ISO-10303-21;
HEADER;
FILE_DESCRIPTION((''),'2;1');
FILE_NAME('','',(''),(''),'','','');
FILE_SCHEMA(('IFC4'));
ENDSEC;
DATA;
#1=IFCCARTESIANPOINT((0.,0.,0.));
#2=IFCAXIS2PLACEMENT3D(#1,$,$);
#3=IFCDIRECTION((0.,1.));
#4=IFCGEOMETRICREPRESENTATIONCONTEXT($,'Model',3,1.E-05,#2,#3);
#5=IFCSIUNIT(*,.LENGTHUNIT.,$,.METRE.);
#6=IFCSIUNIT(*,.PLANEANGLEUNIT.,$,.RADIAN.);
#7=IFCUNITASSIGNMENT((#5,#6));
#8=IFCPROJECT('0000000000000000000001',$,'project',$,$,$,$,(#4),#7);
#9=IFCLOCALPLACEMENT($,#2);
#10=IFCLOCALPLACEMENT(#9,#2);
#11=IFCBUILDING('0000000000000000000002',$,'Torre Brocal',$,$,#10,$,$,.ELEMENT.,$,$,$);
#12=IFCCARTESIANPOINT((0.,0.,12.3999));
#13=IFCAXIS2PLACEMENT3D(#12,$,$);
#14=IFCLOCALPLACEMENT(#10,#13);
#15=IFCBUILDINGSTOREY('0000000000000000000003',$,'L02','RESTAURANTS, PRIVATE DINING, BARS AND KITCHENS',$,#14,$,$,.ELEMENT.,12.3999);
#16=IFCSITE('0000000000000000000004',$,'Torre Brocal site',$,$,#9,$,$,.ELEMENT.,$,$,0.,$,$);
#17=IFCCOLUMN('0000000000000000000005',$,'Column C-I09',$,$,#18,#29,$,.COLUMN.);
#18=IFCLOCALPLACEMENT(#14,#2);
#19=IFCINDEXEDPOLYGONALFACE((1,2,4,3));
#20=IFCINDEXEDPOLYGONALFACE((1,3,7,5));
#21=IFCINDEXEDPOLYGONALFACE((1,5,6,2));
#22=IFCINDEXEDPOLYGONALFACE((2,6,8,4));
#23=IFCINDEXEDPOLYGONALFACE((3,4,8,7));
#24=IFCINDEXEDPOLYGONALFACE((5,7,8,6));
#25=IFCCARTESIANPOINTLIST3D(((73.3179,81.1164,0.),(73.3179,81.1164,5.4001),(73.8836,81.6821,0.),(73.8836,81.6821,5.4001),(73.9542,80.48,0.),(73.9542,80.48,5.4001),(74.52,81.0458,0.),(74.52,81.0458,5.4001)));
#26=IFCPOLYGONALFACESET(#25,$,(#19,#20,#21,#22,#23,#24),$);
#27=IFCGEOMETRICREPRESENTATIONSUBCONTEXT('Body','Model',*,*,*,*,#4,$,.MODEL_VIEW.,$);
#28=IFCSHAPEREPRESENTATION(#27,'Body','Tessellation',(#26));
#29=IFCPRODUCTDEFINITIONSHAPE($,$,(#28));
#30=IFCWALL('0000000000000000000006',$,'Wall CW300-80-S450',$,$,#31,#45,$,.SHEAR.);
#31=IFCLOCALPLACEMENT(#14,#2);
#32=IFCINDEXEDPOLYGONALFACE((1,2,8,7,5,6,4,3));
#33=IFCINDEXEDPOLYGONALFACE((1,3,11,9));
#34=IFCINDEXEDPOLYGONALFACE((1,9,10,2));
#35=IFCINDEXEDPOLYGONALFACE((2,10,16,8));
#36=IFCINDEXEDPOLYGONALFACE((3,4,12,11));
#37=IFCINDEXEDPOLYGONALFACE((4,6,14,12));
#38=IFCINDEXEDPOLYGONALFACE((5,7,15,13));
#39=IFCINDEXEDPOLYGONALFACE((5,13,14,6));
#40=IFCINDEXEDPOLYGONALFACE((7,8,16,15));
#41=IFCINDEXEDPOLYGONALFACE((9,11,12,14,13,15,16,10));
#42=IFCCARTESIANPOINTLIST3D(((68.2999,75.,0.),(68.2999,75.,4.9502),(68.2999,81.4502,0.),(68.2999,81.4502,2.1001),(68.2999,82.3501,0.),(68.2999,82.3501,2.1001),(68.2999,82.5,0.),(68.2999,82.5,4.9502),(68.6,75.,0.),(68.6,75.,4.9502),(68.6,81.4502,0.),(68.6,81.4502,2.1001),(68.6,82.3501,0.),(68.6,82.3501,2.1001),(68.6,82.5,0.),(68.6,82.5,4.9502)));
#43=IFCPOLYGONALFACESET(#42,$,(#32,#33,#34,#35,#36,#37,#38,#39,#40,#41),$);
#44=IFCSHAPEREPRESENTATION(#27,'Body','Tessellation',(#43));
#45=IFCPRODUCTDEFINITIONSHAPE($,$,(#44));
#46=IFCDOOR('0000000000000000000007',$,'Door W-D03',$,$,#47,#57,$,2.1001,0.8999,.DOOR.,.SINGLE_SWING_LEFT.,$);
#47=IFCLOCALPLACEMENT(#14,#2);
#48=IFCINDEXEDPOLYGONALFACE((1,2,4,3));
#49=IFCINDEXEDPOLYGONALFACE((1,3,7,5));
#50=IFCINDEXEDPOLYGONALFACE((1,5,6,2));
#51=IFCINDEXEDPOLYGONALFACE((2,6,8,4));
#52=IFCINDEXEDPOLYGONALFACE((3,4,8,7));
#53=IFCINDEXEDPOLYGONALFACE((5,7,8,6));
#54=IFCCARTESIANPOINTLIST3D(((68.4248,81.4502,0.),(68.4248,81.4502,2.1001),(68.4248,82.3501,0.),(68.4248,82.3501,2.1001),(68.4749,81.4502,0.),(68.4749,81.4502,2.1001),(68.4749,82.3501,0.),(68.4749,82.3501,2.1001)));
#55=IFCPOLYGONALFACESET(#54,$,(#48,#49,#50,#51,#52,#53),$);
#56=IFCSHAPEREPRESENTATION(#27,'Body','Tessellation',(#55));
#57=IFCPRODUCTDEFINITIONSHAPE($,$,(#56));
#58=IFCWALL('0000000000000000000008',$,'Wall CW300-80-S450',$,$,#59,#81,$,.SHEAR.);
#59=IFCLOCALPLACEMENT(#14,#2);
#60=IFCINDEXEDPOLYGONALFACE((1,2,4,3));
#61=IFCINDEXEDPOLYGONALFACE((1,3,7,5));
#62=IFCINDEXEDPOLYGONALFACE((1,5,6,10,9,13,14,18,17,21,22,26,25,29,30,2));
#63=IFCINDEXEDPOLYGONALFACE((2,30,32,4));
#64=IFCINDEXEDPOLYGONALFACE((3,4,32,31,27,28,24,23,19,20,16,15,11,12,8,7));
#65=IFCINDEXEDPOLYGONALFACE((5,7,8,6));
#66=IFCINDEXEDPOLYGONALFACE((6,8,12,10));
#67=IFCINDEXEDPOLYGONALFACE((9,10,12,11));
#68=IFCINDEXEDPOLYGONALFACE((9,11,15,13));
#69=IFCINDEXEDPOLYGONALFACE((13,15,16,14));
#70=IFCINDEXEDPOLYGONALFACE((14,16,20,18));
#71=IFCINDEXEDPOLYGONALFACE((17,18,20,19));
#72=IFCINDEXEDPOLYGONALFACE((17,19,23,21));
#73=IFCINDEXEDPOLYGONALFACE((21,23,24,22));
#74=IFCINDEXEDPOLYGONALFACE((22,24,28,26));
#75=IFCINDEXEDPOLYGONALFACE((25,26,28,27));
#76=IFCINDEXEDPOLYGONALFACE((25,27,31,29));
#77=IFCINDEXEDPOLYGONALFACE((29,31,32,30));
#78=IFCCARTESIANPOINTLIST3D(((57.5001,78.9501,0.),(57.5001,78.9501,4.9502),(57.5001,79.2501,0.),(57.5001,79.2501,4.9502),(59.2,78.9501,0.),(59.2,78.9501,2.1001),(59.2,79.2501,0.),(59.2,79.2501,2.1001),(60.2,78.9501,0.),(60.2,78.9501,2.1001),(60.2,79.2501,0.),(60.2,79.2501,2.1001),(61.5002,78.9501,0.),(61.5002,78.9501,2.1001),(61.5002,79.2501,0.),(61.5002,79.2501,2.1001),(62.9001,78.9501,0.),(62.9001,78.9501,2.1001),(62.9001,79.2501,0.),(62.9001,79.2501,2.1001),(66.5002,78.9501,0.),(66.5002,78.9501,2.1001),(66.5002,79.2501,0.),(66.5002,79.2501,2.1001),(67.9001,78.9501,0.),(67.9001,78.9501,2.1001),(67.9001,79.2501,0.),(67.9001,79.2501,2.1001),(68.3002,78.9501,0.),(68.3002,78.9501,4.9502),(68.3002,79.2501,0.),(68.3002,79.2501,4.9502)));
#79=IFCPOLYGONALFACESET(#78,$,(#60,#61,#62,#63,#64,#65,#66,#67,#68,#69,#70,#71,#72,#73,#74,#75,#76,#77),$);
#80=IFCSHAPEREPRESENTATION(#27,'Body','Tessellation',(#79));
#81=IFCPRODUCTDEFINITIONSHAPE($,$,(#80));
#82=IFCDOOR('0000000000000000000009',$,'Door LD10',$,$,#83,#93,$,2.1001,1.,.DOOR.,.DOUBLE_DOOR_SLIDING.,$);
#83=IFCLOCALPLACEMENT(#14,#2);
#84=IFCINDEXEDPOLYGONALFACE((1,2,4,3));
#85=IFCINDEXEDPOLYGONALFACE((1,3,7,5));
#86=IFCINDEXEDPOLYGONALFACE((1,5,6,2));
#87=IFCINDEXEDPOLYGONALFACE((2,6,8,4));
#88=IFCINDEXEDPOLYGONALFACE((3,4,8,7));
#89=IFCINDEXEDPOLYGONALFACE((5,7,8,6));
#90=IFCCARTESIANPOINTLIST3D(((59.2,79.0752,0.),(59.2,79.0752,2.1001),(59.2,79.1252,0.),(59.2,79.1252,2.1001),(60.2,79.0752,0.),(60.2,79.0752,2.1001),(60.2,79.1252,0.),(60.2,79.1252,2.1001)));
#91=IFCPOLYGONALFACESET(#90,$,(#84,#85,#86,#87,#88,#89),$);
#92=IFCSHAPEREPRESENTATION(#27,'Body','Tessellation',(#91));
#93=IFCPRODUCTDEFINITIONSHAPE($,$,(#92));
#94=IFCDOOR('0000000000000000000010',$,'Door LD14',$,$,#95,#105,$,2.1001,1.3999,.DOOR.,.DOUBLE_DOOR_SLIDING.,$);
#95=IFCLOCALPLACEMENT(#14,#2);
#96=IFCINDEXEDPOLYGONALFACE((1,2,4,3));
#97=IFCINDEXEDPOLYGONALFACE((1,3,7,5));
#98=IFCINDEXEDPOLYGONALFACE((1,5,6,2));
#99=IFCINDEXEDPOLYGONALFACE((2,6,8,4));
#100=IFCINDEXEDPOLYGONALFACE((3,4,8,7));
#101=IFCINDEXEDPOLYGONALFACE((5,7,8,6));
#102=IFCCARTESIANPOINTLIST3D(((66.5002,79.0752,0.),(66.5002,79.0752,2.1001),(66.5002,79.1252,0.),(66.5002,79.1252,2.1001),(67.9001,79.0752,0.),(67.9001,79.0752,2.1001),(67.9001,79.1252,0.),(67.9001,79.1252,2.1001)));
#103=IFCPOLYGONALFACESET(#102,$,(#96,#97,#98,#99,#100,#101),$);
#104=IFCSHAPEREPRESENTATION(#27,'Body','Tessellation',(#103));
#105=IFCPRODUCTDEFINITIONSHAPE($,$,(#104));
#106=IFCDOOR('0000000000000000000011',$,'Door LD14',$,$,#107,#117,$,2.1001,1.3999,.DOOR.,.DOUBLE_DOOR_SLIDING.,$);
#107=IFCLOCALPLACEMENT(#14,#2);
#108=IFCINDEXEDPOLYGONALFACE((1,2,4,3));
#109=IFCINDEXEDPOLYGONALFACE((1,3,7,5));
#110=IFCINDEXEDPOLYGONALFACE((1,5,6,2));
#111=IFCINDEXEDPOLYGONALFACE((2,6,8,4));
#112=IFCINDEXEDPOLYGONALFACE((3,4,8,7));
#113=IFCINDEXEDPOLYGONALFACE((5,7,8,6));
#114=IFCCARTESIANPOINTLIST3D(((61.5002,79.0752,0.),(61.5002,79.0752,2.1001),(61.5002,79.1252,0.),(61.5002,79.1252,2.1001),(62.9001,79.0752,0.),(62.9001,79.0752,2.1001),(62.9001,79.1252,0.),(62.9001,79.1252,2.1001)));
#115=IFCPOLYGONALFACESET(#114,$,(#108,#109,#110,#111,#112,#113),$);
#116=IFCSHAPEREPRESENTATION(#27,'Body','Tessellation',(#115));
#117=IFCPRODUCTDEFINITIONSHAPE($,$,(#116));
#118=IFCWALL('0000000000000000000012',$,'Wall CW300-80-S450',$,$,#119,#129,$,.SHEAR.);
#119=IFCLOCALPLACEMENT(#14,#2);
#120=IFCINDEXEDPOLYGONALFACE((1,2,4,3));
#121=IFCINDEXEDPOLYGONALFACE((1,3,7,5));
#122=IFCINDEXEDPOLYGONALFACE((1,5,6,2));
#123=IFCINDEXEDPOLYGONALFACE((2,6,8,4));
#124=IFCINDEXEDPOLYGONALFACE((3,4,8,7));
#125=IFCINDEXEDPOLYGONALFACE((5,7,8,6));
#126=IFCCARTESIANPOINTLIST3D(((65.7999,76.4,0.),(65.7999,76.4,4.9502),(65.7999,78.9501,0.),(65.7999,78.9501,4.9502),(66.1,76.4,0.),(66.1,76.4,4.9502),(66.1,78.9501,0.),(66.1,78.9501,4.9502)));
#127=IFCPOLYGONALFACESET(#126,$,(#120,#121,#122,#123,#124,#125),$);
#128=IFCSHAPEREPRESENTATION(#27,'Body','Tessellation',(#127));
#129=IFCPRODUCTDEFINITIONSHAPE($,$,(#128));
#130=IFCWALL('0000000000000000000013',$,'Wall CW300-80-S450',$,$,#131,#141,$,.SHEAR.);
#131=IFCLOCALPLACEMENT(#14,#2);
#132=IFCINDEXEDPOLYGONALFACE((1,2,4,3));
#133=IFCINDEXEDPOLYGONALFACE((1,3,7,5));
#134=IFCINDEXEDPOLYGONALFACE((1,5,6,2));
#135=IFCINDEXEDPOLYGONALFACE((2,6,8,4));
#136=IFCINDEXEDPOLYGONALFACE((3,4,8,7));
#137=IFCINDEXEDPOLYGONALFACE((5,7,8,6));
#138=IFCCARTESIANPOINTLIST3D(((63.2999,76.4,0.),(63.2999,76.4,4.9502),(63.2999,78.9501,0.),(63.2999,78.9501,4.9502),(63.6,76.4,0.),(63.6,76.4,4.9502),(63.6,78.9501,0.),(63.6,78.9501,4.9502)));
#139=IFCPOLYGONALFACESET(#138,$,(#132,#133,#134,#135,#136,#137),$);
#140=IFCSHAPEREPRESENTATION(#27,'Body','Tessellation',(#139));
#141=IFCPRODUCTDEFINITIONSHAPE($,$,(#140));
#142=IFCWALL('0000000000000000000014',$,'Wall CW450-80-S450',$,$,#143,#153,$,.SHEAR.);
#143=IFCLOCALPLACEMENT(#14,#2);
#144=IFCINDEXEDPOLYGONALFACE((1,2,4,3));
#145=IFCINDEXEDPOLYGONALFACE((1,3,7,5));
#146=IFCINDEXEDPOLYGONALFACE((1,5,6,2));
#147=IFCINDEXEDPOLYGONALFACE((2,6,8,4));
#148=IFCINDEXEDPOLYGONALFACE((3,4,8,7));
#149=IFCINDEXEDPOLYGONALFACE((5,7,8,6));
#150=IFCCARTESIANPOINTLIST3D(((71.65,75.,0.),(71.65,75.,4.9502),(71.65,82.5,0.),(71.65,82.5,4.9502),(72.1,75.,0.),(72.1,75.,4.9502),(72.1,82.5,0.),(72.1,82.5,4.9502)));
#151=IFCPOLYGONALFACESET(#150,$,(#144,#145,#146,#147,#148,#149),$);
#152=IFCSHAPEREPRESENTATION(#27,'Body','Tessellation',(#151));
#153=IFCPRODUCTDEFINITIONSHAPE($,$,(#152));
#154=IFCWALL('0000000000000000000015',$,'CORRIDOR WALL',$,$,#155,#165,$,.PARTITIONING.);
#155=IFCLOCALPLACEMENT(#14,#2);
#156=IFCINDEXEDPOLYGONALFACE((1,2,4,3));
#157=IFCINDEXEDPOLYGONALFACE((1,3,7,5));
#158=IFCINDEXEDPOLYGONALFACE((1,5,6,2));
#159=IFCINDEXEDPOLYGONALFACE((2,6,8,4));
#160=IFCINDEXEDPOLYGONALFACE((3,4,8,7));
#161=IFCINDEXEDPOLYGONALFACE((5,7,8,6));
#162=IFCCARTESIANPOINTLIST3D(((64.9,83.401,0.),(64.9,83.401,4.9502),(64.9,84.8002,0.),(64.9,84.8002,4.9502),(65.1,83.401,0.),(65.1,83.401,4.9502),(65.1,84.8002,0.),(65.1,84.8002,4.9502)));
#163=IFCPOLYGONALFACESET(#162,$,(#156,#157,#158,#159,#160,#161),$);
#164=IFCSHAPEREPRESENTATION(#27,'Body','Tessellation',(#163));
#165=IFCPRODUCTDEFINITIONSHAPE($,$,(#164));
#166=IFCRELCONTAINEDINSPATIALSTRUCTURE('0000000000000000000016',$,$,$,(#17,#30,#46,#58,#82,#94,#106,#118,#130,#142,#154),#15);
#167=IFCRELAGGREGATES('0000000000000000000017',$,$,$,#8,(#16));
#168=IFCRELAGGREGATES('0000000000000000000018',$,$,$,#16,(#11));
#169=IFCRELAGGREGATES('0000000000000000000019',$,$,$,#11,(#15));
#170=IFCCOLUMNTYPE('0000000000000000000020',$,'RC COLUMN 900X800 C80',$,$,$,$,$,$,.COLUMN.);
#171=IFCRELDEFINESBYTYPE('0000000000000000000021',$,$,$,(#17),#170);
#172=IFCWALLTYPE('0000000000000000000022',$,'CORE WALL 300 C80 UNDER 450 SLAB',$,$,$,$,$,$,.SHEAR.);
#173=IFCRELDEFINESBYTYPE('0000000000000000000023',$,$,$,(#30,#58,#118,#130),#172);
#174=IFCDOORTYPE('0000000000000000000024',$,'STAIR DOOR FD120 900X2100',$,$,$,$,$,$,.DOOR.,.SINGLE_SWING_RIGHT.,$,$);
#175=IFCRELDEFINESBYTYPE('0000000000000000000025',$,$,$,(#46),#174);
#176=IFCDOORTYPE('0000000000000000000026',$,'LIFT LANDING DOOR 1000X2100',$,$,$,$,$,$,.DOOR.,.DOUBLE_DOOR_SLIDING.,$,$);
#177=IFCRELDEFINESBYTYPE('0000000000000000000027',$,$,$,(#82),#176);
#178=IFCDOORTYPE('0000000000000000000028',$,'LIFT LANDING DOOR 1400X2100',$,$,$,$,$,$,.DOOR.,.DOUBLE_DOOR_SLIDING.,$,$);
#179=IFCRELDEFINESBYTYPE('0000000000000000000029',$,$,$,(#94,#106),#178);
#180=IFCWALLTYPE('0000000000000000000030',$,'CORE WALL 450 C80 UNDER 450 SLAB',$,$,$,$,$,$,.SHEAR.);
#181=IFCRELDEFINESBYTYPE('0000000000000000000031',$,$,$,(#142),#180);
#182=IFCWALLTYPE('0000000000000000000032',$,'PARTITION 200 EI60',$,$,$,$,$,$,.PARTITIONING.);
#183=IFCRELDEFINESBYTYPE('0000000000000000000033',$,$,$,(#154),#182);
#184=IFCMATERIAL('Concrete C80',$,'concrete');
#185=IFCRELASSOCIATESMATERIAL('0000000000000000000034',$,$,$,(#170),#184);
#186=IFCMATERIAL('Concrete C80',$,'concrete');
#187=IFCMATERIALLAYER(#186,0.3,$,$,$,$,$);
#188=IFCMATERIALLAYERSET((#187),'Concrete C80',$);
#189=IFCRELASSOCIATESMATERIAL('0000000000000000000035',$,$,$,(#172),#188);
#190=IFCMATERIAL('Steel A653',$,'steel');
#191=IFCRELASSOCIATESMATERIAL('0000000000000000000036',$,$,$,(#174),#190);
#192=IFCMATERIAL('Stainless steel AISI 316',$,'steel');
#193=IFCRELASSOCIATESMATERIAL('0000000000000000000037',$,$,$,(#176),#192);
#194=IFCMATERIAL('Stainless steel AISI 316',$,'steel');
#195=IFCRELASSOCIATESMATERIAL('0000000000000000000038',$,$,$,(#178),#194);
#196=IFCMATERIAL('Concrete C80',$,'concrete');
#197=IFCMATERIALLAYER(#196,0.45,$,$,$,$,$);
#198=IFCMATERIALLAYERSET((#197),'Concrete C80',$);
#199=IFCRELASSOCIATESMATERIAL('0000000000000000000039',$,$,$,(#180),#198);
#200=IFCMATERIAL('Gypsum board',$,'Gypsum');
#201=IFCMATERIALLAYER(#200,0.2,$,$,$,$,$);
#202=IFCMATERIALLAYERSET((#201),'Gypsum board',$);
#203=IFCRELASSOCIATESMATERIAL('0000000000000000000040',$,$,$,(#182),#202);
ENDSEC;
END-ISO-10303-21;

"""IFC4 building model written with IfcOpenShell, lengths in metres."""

from ifc_helpers import new_model, si_unit, direction, frame, frame_2d, origin, origin_2d, place, context, subcontext, project, spatial, rectangle, extrude, material, layer, layer_set, material_profile, profile_set, type_object, element, fill, save


model = new_model("IFC4")

# Units and contexts
model_context = context("Model", 3, precision=1e-05, world=origin(), true_north=direction((0.0, 1.0)))
body_context = subcontext(model_context, "Body", "Model", "MODEL_VIEW")
ifc_project = project(units=[si_unit("LENGTHUNIT", "METRE"), si_unit("PLANEANGLEUNIT", "RADIAN")], contexts=[model_context])

# Site, building, storey
site_placement = place(None, origin())
site = spatial("IfcSite", under=ifc_project, at=site_placement, Name="Torre Brocal site", CompositionType="ELEMENT", RefElevation=0.0)
building_placement = place(site_placement, origin())
building = spatial("IfcBuilding", under=site, at=building_placement, Name="Torre Brocal", CompositionType="ELEMENT")
storey_placement = place(building_placement, frame((0.0, 0.0, 12.3999)))
storey = spatial("IfcBuildingStorey", under=building, at=storey_placement, Name="L02", Description="RESTAURANTS, PRIVATE DINING, BARS AND KITCHENS", CompositionType="ELEMENT", Elevation=12.3999)

# Column
ifc_material_1 = material(Name="Concrete C80", Category="concrete")
ifc_material_profile = material_profile(ifc_material_1, rectangle(XDim=0.8999, YDim=0.8, at=origin_2d()), Name="RC 900X800")
ifc_profile_set = profile_set([ifc_material_profile], Name="Concrete C80")
column_type = type_object("IfcColumnType", Name="RC COLUMN 900X800 C80", PredefinedType="COLUMN", material=ifc_profile_set)
column_placement = place(storey_placement, frame((73.9189, 81.0811, 0.0), z_axis=(0.0, 0.0, 1.0), x_axis=(-0.707107, 0.707107, 0.0)))
element("IfcColumn", 1, at=column_placement, inside=storey, type_object=column_type, Name="Column C-I09", PredefinedType="COLUMN", context=body_context, shape_type="SweptSolid", body=[
    extrude(rectangle(XDim=0.8999, YDim=0.8, at=origin_2d()), origin(), (0.0, 0.0, 1.0), 5.4001),
])

# Wall, opening, door
ifc_material_2 = material(Name="Concrete C80", Category="concrete")
ifc_layer_1 = layer(ifc_material_2, 0.3)
ifc_layer_set_1 = layer_set([ifc_layer_1], Name="Concrete C80")
wall_type_1 = type_object("IfcWallType", Name="CORE WALL 300 C80 UNDER 450 SLAB", PredefinedType="SHEAR", material=ifc_layer_set_1)
wall_1_placement = place(storey_placement, frame((68.45, 82.5, 0.0), z_axis=(0.0, 0.0, 1.0), x_axis=(0.0, -1.0, 0.0)))
wall_1 = element("IfcWall", 2, at=wall_1_placement, inside=storey, type_object=wall_type_1, Name="Wall CW300-80-S450", PredefinedType="SHEAR", context=body_context, shape_type="SweptSolid", body=[
    extrude(rectangle(XDim=7.5, YDim=0.3, at=frame_2d((3.75, 0.0))), origin(), (0.0, 0.0, 1.0), 4.9502),
])
opening_1_placement = place(wall_1_placement, frame((0.1499, 0.0, 0.0)))
opening_1 = element("IfcOpeningElement", 3, at=opening_1_placement, cuts=wall_1, PredefinedType="OPENING", context=body_context, shape_type="SweptSolid", body=[
    extrude(rectangle(XDim=0.8999, YDim=2.1001, at=frame_2d((0.45, 1.05))), frame((0.0, 0.1599, 0.0), z_axis=(0.0, -1.0, 0.0), x_axis=(1.0, 0.0, 0.0)), (0.0, 0.0, 1.0), 0.3201),
])
ifc_material_3 = material(Name="Steel A653", Category="steel")
door_type_1 = type_object("IfcDoorType", Name="STAIR DOOR FD120 900X2100", OperationType="SINGLE_SWING_RIGHT", PredefinedType="DOOR", material=ifc_material_3)
door_1_placement = place(opening_1_placement, origin())
door_1 = element("IfcDoor", 4, at=door_1_placement, inside=storey, type_object=door_type_1, Name="Door W-D03", OperationType="SINGLE_SWING_LEFT", OverallHeight=2.1001, OverallWidth=0.8999, PredefinedType="DOOR", context=body_context, shape_type="SweptSolid", body=[
    extrude(rectangle(XDim=0.8999, YDim=2.1001, at=frame_2d((0.45, 1.05))), frame((0.0, 0.0249, 0.0), z_axis=(0.0, -1.0, 0.0), x_axis=(1.0, 0.0, 0.0)), (0.0, 0.0, 1.0), 0.05),
])
fill(opening_1, door_1)

# Wall, openings, doors
wall_2_placement = place(storey_placement, frame((68.3, 79.1001, 0.0), z_axis=(0.0, 0.0, 1.0), x_axis=(-1.0, 0.0, 0.0)))
wall_2 = element("IfcWall", 5, at=wall_2_placement, inside=storey, type_object=wall_type_1, Name="Wall CW300-80-S450", PredefinedType="SHEAR", context=body_context, shape_type="SweptSolid", body=[
    extrude(rectangle(XDim=10.8, YDim=0.3, at=frame_2d((5.3999, 0.0))), origin(), (0.0, 0.0, 1.0), 4.9502),
])
opening_2_placement = place(wall_2_placement, frame((0.3999, 0.0, 0.0)))
opening_2 = element("IfcOpeningElement", 6, at=opening_2_placement, cuts=wall_2, PredefinedType="OPENING", context=body_context, shape_type="SweptSolid", body=[
    extrude(rectangle(XDim=1.3999, YDim=2.1001, at=frame_2d((0.7, 1.05))), frame((0.0, 0.1599, 0.0), z_axis=(0.0, -1.0, 0.0), x_axis=(1.0, 0.0, 0.0)), (0.0, 0.0, 1.0), 0.3201),
])
opening_3_placement = place(wall_2_placement, frame((5.3999, 0.0, 0.0)))
opening_3 = element("IfcOpeningElement", 7, at=opening_3_placement, cuts=wall_2, PredefinedType="OPENING", context=body_context, shape_type="SweptSolid", body=[
    extrude(rectangle(XDim=1.3999, YDim=2.1001, at=frame_2d((0.7, 1.05))), frame((0.0, 0.1599, 0.0), z_axis=(0.0, -1.0, 0.0), x_axis=(1.0, 0.0, 0.0)), (0.0, 0.0, 1.0), 0.3201),
])
opening_4_placement = place(wall_2_placement, frame((8.1001, 0.0, 0.0)))
opening_4 = element("IfcOpeningElement", 8, at=opening_4_placement, cuts=wall_2, PredefinedType="OPENING", context=body_context, shape_type="SweptSolid", body=[
    extrude(rectangle(XDim=1.0, YDim=2.1001, at=frame_2d((0.5, 1.05))), frame((0.0, 0.1599, 0.0), z_axis=(0.0, -1.0, 0.0), x_axis=(1.0, 0.0, 0.0)), (0.0, 0.0, 1.0), 0.3201),
])
ifc_material_4 = material(Name="Stainless steel AISI 316", Category="steel")
door_type_2 = type_object("IfcDoorType", Name="LIFT LANDING DOOR 1000X2100", OperationType="DOUBLE_DOOR_SLIDING", PredefinedType="DOOR", material=ifc_material_4)
door_2_placement = place(opening_4_placement, origin())
door_2 = element("IfcDoor", 9, at=door_2_placement, inside=storey, type_object=door_type_2, Name="Door LD10", OperationType="DOUBLE_DOOR_SLIDING", OverallHeight=2.1001, OverallWidth=1.0, PredefinedType="DOOR", context=body_context, shape_type="SweptSolid", body=[
    extrude(rectangle(XDim=1.0, YDim=2.1001, at=frame_2d((0.5, 1.05))), frame((0.0, 0.0249, 0.0), z_axis=(0.0, -1.0, 0.0), x_axis=(1.0, 0.0, 0.0)), (0.0, 0.0, 1.0), 0.05),
])
fill(opening_4, door_2)
ifc_material_5 = material(Name="Stainless steel AISI 316", Category="steel")
door_type_3 = type_object("IfcDoorType", Name="LIFT LANDING DOOR 1400X2100", OperationType="DOUBLE_DOOR_SLIDING", PredefinedType="DOOR", material=ifc_material_5)
door_3_placement = place(opening_2_placement, origin())
door_3 = element("IfcDoor", 10, at=door_3_placement, inside=storey, type_object=door_type_3, Name="Door LD14", OperationType="DOUBLE_DOOR_SLIDING", OverallHeight=2.1001, OverallWidth=1.3999, PredefinedType="DOOR", context=body_context, shape_type="SweptSolid", body=[
    extrude(rectangle(XDim=1.3999, YDim=2.1001, at=frame_2d((0.7, 1.05))), frame((0.0, 0.0249, 0.0), z_axis=(0.0, -1.0, 0.0), x_axis=(1.0, 0.0, 0.0)), (0.0, 0.0, 1.0), 0.05),
])
fill(opening_2, door_3)
door_4_placement = place(opening_3_placement, origin())
door_4 = element("IfcDoor", 11, at=door_4_placement, inside=storey, type_object=door_type_3, Name="Door LD14", OperationType="DOUBLE_DOOR_SLIDING", OverallHeight=2.1001, OverallWidth=1.3999, PredefinedType="DOOR", context=body_context, shape_type="SweptSolid", body=[
    extrude(rectangle(XDim=1.3999, YDim=2.1001, at=frame_2d((0.7, 1.05))), frame((0.0, 0.0249, 0.0), z_axis=(0.0, -1.0, 0.0), x_axis=(1.0, 0.0, 0.0)), (0.0, 0.0, 1.0), 0.05),
])
fill(opening_3, door_4)

# Walls
for number, where, z_axis, x_axis, name in (
    (12, (65.95, 78.95, 0.0), (0.0, 0.0, 1.0), (0.0, -1.0, 0.0), "Wall CW300-80-S450"),
    (13, (63.45, 78.95, 0.0), (0.0, 0.0, 1.0), (0.0, -1.0, 0.0), "Wall CW300-80-S450"),
):
    element("IfcWall", number, at=place(storey_placement, frame(where, z_axis=z_axis, x_axis=x_axis)), inside=storey, type_object=wall_type_1, Name=name, PredefinedType="SHEAR", context=body_context, shape_type="SweptSolid", body=[
        extrude(rectangle(XDim=2.55, YDim=0.3, at=frame_2d((1.2749, 0.0))), origin(), (0.0, 0.0, 1.0), 4.9502),
    ])
ifc_material_6 = material(Name="Concrete C80", Category="concrete")
ifc_layer_2 = layer(ifc_material_6, 0.45)
ifc_layer_set_2 = layer_set([ifc_layer_2], Name="Concrete C80")
wall_type_2 = type_object("IfcWallType", Name="CORE WALL 450 C80 UNDER 450 SLAB", PredefinedType="SHEAR", material=ifc_layer_set_2)
wall_3_placement = place(storey_placement, frame((71.875, 82.5, 0.0), z_axis=(0.0, 0.0, 1.0), x_axis=(0.0, -1.0, 0.0)))
element("IfcWall", 14, at=wall_3_placement, inside=storey, type_object=wall_type_2, Name="Wall CW450-80-S450", PredefinedType="SHEAR", context=body_context, shape_type="SweptSolid", body=[
    extrude(rectangle(XDim=7.5, YDim=0.45, at=frame_2d((3.75, 0.0))), origin(), (0.0, 0.0, 1.0), 4.9502),
])

# Wall
ifc_material_7 = material(Name="Gypsum board", Category="Gypsum")
ifc_layer_3 = layer(ifc_material_7, 0.2)
ifc_layer_set_3 = layer_set([ifc_layer_3], Name="Gypsum board")
wall_type_3 = type_object("IfcWallType", Name="PARTITION 200 EI60", PredefinedType="PARTITIONING", material=ifc_layer_set_3)
wall_4_placement = place(storey_placement, frame((65.0, 83.4009, 0.0), z_axis=(0.0, 0.0, 1.0), x_axis=(0.0, 1.0, 0.0)))
element("IfcWall", 15, at=wall_4_placement, inside=storey, type_object=wall_type_3, Name="CORRIDOR WALL", PredefinedType="PARTITIONING", context=body_context, shape_type="SweptSolid", body=[
    extrude(rectangle(XDim=1.3992, YDim=0.2, at=frame_2d((0.6997, 0.0))), origin(), (0.0, 0.0, 1.0), 4.9502),
])

save(model, "model.ifc")
